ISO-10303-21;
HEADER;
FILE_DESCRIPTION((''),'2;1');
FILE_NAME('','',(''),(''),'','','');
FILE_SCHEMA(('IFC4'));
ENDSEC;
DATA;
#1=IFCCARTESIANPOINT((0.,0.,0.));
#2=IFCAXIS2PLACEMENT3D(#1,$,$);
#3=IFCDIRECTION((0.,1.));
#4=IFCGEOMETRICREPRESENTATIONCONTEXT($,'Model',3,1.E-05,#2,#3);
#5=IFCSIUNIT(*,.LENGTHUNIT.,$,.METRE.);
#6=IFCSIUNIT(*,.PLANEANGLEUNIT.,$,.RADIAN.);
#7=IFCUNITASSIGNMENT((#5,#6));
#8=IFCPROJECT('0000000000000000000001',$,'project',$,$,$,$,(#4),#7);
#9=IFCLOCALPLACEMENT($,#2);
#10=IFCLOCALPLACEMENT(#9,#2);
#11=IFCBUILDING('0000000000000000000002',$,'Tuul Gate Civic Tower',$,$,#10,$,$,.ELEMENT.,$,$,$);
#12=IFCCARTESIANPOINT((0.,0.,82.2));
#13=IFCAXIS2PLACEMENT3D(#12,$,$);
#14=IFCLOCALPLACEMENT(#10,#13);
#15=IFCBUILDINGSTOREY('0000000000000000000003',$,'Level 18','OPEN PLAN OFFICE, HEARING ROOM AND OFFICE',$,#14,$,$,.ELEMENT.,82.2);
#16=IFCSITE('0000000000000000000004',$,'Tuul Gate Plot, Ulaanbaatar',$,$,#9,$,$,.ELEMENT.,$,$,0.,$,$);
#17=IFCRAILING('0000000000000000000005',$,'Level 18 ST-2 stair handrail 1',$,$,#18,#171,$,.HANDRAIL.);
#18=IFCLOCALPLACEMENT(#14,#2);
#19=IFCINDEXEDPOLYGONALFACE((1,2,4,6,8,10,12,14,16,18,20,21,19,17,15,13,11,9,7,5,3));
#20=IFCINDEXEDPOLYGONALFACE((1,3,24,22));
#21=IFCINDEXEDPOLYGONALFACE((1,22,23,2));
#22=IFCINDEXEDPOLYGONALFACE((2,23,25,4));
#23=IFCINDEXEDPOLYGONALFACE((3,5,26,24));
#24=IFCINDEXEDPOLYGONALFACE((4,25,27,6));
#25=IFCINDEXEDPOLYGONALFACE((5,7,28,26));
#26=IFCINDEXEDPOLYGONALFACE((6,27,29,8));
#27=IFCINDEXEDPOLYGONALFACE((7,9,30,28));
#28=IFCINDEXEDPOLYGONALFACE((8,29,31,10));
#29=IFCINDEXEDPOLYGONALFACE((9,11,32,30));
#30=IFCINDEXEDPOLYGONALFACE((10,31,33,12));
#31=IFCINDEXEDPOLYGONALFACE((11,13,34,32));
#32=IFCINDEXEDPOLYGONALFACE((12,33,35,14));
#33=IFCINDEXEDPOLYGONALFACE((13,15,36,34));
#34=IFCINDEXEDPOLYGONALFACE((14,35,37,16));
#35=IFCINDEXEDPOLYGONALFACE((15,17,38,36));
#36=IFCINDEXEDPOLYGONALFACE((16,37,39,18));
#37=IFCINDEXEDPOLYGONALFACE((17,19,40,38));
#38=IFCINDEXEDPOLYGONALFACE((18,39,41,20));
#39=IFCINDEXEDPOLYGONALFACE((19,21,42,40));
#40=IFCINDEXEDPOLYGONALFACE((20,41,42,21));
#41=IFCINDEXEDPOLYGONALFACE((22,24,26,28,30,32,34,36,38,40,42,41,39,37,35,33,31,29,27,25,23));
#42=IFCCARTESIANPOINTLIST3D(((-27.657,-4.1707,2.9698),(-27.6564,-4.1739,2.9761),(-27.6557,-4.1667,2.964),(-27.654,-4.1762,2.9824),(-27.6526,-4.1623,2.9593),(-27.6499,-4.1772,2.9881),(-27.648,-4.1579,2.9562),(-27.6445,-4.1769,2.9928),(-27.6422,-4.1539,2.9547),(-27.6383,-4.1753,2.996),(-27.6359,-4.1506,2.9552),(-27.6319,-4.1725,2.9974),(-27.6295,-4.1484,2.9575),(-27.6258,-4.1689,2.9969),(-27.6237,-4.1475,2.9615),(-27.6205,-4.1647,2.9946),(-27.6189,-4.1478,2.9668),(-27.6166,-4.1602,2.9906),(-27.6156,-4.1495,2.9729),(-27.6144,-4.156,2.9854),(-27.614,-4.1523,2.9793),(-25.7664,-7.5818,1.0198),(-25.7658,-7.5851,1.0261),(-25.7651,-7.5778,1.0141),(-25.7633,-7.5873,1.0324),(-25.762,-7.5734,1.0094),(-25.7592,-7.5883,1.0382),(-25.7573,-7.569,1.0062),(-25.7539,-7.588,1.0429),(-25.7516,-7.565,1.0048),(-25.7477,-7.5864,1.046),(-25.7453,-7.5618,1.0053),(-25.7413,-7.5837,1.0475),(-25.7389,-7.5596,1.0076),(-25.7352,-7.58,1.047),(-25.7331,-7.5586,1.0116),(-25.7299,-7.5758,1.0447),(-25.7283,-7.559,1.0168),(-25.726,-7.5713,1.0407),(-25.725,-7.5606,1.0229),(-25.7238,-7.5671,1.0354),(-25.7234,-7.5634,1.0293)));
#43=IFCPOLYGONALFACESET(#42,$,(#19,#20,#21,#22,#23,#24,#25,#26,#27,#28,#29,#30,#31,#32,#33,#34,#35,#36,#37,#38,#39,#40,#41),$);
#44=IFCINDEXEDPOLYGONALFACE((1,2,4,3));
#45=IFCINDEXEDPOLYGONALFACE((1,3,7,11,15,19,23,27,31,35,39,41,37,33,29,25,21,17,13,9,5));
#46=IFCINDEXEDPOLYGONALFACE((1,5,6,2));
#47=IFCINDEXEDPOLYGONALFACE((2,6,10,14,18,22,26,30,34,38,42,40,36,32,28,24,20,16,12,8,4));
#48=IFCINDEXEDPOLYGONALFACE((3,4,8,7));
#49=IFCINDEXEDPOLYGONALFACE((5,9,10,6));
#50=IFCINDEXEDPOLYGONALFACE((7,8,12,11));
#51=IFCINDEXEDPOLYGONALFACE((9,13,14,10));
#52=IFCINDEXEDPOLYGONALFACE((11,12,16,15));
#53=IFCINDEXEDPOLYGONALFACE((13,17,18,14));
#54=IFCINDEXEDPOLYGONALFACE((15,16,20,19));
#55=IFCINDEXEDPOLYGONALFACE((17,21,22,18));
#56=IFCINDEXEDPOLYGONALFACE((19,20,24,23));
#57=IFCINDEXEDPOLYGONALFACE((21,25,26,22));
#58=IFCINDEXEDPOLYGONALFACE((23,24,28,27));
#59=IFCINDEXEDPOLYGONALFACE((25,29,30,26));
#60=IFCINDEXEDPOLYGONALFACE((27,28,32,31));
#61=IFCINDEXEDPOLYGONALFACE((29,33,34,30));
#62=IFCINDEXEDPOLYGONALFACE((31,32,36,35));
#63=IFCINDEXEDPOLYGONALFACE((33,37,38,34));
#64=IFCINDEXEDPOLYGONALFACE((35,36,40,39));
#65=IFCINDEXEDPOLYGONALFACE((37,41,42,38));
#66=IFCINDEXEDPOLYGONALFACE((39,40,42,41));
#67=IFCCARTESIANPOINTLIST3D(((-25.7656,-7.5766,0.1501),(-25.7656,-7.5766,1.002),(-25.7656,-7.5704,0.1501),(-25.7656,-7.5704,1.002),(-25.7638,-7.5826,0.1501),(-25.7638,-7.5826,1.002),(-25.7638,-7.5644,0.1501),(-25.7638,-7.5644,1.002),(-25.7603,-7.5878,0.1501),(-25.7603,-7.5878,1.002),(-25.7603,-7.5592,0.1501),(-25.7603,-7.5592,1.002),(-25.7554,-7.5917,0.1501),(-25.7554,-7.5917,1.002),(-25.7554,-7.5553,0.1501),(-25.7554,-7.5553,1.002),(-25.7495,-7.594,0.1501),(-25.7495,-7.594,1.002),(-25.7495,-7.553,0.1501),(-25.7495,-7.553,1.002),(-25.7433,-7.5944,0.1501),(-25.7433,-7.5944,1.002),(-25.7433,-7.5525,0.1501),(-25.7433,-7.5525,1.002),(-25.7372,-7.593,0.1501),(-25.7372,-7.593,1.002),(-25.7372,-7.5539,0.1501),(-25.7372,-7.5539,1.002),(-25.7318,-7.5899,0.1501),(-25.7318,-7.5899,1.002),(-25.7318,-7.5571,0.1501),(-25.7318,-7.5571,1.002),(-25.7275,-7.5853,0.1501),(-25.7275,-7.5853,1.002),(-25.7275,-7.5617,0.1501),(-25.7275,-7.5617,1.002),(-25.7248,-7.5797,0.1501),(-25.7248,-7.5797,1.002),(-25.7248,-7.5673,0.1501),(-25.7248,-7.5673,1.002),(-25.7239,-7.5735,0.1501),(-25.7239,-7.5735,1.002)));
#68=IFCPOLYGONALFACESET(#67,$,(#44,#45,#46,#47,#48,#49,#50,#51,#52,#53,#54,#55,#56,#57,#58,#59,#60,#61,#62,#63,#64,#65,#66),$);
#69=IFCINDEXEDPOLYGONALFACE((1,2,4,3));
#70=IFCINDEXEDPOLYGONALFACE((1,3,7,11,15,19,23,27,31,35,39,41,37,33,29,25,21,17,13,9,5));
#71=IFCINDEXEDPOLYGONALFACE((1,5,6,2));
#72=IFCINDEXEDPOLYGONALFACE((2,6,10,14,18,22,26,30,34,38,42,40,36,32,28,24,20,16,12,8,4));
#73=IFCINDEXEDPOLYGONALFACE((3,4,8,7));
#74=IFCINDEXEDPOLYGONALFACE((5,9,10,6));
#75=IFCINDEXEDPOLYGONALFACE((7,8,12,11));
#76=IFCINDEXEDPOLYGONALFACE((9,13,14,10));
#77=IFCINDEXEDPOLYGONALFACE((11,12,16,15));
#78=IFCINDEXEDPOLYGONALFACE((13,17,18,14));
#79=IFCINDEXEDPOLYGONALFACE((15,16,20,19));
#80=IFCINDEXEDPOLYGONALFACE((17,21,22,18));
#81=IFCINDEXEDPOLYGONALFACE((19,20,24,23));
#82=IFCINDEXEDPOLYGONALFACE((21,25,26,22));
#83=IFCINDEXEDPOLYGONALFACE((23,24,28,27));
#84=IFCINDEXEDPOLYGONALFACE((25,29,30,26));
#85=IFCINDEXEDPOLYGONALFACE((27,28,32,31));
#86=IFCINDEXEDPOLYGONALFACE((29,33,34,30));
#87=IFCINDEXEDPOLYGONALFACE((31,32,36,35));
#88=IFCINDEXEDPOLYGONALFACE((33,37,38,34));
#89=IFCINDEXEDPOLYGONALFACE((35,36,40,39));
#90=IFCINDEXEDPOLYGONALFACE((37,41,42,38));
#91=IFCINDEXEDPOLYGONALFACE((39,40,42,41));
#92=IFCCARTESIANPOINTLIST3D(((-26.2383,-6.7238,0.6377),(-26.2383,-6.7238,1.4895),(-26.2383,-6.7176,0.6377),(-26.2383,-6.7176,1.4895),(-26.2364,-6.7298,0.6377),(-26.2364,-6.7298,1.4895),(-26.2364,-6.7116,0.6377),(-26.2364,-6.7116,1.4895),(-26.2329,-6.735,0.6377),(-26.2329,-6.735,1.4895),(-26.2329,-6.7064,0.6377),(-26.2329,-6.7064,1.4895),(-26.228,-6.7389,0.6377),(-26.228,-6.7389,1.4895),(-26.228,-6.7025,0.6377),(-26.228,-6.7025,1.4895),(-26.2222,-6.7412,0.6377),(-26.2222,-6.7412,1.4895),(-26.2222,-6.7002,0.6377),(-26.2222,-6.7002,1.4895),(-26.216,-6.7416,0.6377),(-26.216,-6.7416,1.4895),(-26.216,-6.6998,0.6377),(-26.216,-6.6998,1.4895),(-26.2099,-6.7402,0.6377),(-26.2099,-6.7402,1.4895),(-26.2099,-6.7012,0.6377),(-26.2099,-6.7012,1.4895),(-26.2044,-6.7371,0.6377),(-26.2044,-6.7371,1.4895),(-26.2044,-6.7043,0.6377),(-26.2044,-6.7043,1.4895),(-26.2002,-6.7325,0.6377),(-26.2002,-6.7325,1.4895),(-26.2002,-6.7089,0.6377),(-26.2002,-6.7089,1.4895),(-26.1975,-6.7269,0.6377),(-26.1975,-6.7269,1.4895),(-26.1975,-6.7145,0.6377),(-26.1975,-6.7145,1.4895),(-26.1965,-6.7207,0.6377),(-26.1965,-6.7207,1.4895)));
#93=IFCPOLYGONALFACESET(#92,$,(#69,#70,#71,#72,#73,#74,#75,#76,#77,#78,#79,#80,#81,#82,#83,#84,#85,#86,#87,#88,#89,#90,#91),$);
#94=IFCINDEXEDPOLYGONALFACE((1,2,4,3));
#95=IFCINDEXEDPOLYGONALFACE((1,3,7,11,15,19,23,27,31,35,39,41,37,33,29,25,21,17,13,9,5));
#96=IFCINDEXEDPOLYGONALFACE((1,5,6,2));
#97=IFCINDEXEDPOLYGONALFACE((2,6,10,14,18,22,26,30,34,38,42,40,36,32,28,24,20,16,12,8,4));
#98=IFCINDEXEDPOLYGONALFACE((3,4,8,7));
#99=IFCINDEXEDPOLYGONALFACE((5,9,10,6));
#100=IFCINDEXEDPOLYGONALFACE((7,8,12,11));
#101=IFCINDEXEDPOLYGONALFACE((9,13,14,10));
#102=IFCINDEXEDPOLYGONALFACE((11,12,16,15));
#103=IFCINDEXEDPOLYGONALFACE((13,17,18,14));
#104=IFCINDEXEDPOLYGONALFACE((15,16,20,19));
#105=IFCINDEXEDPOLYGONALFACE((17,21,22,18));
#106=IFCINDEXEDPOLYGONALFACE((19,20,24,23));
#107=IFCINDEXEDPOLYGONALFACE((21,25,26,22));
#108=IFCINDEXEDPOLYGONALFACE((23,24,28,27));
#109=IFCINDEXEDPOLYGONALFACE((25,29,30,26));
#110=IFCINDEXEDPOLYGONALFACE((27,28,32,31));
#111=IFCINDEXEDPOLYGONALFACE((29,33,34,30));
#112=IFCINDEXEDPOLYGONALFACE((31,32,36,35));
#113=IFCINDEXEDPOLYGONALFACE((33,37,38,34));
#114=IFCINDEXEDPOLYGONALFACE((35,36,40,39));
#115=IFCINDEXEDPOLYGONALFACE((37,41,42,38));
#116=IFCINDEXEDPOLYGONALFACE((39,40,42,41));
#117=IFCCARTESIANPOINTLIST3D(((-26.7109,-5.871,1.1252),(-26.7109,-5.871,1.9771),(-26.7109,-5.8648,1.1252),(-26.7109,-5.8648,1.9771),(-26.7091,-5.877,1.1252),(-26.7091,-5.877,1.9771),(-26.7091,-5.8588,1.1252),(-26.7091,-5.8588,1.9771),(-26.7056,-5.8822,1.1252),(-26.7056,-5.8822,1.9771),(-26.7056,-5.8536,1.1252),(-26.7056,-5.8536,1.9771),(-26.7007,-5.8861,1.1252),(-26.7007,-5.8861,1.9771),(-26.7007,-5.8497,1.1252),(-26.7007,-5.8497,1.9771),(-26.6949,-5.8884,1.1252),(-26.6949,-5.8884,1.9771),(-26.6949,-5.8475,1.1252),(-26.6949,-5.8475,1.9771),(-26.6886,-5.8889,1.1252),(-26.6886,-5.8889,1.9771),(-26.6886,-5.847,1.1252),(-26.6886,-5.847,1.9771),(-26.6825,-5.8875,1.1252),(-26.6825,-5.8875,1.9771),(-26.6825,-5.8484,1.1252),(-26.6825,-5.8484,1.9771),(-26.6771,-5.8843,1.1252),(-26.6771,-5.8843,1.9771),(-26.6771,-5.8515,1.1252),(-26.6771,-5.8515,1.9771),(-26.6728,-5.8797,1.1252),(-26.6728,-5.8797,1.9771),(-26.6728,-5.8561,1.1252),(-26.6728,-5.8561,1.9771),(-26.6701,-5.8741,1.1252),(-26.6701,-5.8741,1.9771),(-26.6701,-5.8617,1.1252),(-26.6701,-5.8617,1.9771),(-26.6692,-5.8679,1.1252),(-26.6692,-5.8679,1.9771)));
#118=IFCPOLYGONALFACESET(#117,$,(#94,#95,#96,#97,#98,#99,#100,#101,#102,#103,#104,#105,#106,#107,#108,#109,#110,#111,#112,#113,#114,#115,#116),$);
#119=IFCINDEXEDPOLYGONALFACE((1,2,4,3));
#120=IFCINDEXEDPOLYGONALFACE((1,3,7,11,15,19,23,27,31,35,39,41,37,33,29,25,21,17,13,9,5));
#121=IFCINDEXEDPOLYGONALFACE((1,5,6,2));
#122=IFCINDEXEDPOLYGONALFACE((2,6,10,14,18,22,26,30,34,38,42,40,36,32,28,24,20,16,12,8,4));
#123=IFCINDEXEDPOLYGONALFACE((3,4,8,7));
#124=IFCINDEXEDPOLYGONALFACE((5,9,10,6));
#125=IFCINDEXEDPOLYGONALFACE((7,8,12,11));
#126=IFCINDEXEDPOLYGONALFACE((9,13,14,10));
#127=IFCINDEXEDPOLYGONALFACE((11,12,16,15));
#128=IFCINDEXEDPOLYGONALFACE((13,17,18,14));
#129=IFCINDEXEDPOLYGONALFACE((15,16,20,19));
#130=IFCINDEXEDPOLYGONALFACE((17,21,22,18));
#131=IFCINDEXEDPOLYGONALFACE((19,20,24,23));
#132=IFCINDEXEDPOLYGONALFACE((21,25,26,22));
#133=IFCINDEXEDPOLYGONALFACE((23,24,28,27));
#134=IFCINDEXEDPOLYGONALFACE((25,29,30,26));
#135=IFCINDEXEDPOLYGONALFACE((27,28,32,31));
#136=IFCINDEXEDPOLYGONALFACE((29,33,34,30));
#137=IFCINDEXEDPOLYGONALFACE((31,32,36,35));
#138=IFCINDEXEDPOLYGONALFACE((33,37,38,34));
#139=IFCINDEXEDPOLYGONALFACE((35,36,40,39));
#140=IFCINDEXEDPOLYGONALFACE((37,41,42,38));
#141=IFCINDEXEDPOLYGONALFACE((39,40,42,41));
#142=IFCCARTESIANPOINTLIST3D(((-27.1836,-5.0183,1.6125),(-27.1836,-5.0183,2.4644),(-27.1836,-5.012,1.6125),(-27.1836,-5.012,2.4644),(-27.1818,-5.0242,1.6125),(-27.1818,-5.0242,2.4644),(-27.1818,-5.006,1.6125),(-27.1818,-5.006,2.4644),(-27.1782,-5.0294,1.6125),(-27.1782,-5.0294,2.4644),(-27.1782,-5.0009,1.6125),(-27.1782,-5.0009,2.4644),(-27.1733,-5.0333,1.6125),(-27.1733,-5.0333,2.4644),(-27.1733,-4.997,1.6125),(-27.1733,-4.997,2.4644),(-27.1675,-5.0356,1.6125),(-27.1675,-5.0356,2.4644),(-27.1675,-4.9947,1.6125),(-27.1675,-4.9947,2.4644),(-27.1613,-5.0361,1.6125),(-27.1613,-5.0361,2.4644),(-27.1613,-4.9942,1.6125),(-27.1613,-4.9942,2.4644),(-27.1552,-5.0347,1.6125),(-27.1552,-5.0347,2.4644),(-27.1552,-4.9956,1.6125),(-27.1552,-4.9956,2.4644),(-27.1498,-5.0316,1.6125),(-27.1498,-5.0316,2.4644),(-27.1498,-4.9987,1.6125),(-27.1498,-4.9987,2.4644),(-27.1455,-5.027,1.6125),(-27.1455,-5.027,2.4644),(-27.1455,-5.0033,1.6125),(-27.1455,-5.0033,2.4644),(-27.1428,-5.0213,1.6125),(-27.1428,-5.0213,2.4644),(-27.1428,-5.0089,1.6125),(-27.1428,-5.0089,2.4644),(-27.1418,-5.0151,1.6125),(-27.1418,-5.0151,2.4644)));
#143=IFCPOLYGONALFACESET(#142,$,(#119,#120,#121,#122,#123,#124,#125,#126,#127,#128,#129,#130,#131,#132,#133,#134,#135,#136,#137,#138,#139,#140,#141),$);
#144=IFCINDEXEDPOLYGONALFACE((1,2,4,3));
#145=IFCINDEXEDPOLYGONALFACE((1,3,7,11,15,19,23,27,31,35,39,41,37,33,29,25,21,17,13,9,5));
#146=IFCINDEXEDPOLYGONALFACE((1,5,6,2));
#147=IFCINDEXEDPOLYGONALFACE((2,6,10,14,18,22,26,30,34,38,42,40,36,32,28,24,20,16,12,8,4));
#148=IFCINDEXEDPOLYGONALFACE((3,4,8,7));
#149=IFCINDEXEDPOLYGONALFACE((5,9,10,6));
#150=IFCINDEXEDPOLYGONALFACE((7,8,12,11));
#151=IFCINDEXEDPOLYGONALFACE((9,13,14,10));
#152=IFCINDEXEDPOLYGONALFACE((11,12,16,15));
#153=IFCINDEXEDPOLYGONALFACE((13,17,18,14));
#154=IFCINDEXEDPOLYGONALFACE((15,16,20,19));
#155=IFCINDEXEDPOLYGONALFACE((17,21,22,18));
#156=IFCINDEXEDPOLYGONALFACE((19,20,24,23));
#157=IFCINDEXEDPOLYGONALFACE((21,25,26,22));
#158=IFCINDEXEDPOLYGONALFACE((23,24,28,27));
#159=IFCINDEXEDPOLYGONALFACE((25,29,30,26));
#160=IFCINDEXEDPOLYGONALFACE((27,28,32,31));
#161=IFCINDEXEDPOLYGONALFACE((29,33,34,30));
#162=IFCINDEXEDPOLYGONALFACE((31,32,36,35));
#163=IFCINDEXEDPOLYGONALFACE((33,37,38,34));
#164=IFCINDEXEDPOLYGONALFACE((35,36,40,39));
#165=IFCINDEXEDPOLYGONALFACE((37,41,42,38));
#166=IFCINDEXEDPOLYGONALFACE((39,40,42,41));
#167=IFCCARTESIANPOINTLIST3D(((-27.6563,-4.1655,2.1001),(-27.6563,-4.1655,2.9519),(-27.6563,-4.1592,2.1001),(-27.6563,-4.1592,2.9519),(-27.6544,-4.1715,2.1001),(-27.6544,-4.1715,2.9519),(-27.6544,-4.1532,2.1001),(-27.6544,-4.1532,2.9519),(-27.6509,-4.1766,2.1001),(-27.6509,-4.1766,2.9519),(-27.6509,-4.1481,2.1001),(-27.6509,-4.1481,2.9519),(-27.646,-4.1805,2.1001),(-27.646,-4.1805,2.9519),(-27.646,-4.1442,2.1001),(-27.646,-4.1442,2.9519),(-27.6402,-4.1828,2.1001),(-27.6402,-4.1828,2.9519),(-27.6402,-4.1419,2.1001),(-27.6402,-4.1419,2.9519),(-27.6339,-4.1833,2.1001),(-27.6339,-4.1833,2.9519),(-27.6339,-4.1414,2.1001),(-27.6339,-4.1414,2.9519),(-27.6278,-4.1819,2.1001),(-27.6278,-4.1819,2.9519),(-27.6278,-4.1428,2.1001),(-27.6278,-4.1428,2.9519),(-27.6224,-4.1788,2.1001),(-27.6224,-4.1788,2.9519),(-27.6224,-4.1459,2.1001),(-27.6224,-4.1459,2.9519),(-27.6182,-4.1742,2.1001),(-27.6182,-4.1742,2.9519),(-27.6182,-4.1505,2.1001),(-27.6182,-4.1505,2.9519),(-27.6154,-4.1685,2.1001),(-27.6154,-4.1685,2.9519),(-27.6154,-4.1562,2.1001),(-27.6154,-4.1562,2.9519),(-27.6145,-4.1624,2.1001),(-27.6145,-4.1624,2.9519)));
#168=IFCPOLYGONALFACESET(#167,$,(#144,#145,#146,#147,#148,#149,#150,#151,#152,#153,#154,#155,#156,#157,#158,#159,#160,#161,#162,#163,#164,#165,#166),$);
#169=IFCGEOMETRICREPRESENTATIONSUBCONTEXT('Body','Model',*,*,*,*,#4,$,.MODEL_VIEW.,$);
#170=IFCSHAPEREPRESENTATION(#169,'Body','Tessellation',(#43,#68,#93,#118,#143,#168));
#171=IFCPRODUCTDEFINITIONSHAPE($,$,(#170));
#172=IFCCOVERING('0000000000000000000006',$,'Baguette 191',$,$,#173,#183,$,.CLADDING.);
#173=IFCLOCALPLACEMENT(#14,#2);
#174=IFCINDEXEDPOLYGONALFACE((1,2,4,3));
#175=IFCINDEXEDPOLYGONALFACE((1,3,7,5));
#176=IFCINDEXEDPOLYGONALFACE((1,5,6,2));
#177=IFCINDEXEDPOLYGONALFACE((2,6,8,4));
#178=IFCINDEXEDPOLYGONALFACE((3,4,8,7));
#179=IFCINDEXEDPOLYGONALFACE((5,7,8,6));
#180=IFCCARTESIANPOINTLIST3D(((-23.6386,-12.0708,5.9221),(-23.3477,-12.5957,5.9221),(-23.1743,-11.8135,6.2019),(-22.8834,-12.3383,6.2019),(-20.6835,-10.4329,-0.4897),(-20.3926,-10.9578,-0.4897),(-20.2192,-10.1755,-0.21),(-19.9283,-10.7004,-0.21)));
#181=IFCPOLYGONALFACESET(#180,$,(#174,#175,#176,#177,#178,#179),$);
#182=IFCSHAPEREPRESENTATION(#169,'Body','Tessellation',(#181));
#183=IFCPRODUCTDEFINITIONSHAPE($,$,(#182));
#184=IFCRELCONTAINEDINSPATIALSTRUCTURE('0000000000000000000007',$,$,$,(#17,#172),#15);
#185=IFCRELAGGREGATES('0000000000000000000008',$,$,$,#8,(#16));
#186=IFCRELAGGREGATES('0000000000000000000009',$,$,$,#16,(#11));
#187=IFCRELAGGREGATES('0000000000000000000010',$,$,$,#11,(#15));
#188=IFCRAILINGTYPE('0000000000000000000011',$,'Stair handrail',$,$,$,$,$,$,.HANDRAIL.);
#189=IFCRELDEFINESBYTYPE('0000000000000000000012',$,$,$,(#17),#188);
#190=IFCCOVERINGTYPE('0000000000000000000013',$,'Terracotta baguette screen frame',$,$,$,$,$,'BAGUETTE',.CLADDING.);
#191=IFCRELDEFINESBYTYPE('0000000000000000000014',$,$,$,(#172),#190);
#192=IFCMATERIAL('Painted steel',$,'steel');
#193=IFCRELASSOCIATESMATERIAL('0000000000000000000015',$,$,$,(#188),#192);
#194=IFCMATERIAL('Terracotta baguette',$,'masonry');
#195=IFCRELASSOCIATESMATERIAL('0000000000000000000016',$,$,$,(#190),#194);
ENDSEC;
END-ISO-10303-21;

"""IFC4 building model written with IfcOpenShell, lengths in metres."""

from ifc_helpers import new_model, si_unit, direction, frame, origin, origin_2d, place, context, subcontext, project, spatial, rectangle, circle, extrude, material, material_profile, profile_set, type_object, element, save


model = new_model("IFC4")

# Units and contexts
model_context = context("Model", 3, precision=1e-05, world=origin(), true_north=direction((0.0, 1.0)))
body_context = subcontext(model_context, "Body", "Model", "MODEL_VIEW")
ifc_project = project(units=[si_unit("LENGTHUNIT", "METRE"), si_unit("PLANEANGLEUNIT", "RADIAN")], contexts=[model_context])

# Site, building, storey
site_placement = place(None, origin())
site = spatial("IfcSite", under=ifc_project, at=site_placement, Name="Tuul Gate Plot, Ulaanbaatar", CompositionType="ELEMENT", RefElevation=0.0)
building_placement = place(site_placement, origin())
building = spatial("IfcBuilding", under=site, at=building_placement, Name="Tuul Gate Civic Tower", CompositionType="ELEMENT")
storey_placement = place(building_placement, frame((0.0, 0.0, 82.2)))
storey = spatial("IfcBuildingStorey", under=building, at=storey_placement, Name="Level 18", Description="OPEN PLAN OFFICE, HEARING ROOM AND OFFICE", CompositionType="ELEMENT", Elevation=82.2)

# Railing
ifc_material_1 = material(Name="Painted steel", Category="steel")
railing_type = type_object("IfcRailingType", Name="Stair handrail", PredefinedType="HANDRAIL", material=ifc_material_1)
railing_placement = place(storey_placement, frame((-25.7449, -7.5735, 0.1501)))
element("IfcRailing", 1, at=railing_placement, inside=storey, type_object=railing_type, Name="Level 18 ST-2 stair handrail 1", PredefinedType="HANDRAIL", context=body_context, shape_type="SweptSolid", body=[
    extrude(circle(Radius=0.0239, at=origin_2d()), frame((0.0, 0.0, 0.876), z_axis=(-0.433595, 0.782308, 0.447201), x_axis=(-0.874641, -0.484771, 0.0)), (0.0, 0.0, 1.0), 4.3604),
    extrude(circle(Radius=0.021, at=origin_2d()), origin(), (0.0, 0.0, 1.0), 0.8518),
    extrude(circle(Radius=0.021, at=origin_2d()), frame((-0.4727, 0.8528, 0.4875)), (0.0, 0.0, 1.0), 0.8518),
    extrude(circle(Radius=0.021, at=origin_2d()), frame((-0.9453, 1.7056, 0.9751)), (0.0, 0.0, 1.0), 0.8518),
    extrude(circle(Radius=0.021, at=origin_2d()), frame((-1.418, 2.5583, 1.4624)), (0.0, 0.0, 1.0), 0.8518),
    extrude(circle(Radius=0.021, at=origin_2d()), frame((-1.8906, 3.4111, 1.95)), (0.0, 0.0, 1.0), 0.8518),
])

# Covering
ifc_material_2 = material(Name="Terracotta baguette", Category="masonry")
ifc_material_profile_1 = material_profile(ifc_material_2, rectangle(XDim=0.6001, YDim=0.6001, at=origin_2d()), Name="Terracotta baguette screen frame")
ifc_profile_set_1 = profile_set([ifc_material_profile_1], Name="Terracotta baguette")
covering_type = type_object("IfcCoveringType", Name="Terracotta baguette screen frame", ElementType="BAGUETTE", PredefinedType="CLADDING", material=ifc_profile_set_1)
covering_placement = place(storey_placement, frame((-23.261, -12.2046, 6.062), z_axis=(0.407733, 0.225998, -0.884691), x_axis=(-0.48479, 0.874631, 0.0)))
element("IfcCovering", 2, at=covering_placement, inside=storey, type_object=covering_type, Name="Baguette 191", PredefinedType="CLADDING", context=body_context, shape_type="SweptSolid", body=[
    extrude(rectangle(XDim=0.6001, YDim=0.6001, at=origin_2d()), origin(), (0.0, 0.0, 1.0), 7.2476),
])

save(model, "model.ifc")
